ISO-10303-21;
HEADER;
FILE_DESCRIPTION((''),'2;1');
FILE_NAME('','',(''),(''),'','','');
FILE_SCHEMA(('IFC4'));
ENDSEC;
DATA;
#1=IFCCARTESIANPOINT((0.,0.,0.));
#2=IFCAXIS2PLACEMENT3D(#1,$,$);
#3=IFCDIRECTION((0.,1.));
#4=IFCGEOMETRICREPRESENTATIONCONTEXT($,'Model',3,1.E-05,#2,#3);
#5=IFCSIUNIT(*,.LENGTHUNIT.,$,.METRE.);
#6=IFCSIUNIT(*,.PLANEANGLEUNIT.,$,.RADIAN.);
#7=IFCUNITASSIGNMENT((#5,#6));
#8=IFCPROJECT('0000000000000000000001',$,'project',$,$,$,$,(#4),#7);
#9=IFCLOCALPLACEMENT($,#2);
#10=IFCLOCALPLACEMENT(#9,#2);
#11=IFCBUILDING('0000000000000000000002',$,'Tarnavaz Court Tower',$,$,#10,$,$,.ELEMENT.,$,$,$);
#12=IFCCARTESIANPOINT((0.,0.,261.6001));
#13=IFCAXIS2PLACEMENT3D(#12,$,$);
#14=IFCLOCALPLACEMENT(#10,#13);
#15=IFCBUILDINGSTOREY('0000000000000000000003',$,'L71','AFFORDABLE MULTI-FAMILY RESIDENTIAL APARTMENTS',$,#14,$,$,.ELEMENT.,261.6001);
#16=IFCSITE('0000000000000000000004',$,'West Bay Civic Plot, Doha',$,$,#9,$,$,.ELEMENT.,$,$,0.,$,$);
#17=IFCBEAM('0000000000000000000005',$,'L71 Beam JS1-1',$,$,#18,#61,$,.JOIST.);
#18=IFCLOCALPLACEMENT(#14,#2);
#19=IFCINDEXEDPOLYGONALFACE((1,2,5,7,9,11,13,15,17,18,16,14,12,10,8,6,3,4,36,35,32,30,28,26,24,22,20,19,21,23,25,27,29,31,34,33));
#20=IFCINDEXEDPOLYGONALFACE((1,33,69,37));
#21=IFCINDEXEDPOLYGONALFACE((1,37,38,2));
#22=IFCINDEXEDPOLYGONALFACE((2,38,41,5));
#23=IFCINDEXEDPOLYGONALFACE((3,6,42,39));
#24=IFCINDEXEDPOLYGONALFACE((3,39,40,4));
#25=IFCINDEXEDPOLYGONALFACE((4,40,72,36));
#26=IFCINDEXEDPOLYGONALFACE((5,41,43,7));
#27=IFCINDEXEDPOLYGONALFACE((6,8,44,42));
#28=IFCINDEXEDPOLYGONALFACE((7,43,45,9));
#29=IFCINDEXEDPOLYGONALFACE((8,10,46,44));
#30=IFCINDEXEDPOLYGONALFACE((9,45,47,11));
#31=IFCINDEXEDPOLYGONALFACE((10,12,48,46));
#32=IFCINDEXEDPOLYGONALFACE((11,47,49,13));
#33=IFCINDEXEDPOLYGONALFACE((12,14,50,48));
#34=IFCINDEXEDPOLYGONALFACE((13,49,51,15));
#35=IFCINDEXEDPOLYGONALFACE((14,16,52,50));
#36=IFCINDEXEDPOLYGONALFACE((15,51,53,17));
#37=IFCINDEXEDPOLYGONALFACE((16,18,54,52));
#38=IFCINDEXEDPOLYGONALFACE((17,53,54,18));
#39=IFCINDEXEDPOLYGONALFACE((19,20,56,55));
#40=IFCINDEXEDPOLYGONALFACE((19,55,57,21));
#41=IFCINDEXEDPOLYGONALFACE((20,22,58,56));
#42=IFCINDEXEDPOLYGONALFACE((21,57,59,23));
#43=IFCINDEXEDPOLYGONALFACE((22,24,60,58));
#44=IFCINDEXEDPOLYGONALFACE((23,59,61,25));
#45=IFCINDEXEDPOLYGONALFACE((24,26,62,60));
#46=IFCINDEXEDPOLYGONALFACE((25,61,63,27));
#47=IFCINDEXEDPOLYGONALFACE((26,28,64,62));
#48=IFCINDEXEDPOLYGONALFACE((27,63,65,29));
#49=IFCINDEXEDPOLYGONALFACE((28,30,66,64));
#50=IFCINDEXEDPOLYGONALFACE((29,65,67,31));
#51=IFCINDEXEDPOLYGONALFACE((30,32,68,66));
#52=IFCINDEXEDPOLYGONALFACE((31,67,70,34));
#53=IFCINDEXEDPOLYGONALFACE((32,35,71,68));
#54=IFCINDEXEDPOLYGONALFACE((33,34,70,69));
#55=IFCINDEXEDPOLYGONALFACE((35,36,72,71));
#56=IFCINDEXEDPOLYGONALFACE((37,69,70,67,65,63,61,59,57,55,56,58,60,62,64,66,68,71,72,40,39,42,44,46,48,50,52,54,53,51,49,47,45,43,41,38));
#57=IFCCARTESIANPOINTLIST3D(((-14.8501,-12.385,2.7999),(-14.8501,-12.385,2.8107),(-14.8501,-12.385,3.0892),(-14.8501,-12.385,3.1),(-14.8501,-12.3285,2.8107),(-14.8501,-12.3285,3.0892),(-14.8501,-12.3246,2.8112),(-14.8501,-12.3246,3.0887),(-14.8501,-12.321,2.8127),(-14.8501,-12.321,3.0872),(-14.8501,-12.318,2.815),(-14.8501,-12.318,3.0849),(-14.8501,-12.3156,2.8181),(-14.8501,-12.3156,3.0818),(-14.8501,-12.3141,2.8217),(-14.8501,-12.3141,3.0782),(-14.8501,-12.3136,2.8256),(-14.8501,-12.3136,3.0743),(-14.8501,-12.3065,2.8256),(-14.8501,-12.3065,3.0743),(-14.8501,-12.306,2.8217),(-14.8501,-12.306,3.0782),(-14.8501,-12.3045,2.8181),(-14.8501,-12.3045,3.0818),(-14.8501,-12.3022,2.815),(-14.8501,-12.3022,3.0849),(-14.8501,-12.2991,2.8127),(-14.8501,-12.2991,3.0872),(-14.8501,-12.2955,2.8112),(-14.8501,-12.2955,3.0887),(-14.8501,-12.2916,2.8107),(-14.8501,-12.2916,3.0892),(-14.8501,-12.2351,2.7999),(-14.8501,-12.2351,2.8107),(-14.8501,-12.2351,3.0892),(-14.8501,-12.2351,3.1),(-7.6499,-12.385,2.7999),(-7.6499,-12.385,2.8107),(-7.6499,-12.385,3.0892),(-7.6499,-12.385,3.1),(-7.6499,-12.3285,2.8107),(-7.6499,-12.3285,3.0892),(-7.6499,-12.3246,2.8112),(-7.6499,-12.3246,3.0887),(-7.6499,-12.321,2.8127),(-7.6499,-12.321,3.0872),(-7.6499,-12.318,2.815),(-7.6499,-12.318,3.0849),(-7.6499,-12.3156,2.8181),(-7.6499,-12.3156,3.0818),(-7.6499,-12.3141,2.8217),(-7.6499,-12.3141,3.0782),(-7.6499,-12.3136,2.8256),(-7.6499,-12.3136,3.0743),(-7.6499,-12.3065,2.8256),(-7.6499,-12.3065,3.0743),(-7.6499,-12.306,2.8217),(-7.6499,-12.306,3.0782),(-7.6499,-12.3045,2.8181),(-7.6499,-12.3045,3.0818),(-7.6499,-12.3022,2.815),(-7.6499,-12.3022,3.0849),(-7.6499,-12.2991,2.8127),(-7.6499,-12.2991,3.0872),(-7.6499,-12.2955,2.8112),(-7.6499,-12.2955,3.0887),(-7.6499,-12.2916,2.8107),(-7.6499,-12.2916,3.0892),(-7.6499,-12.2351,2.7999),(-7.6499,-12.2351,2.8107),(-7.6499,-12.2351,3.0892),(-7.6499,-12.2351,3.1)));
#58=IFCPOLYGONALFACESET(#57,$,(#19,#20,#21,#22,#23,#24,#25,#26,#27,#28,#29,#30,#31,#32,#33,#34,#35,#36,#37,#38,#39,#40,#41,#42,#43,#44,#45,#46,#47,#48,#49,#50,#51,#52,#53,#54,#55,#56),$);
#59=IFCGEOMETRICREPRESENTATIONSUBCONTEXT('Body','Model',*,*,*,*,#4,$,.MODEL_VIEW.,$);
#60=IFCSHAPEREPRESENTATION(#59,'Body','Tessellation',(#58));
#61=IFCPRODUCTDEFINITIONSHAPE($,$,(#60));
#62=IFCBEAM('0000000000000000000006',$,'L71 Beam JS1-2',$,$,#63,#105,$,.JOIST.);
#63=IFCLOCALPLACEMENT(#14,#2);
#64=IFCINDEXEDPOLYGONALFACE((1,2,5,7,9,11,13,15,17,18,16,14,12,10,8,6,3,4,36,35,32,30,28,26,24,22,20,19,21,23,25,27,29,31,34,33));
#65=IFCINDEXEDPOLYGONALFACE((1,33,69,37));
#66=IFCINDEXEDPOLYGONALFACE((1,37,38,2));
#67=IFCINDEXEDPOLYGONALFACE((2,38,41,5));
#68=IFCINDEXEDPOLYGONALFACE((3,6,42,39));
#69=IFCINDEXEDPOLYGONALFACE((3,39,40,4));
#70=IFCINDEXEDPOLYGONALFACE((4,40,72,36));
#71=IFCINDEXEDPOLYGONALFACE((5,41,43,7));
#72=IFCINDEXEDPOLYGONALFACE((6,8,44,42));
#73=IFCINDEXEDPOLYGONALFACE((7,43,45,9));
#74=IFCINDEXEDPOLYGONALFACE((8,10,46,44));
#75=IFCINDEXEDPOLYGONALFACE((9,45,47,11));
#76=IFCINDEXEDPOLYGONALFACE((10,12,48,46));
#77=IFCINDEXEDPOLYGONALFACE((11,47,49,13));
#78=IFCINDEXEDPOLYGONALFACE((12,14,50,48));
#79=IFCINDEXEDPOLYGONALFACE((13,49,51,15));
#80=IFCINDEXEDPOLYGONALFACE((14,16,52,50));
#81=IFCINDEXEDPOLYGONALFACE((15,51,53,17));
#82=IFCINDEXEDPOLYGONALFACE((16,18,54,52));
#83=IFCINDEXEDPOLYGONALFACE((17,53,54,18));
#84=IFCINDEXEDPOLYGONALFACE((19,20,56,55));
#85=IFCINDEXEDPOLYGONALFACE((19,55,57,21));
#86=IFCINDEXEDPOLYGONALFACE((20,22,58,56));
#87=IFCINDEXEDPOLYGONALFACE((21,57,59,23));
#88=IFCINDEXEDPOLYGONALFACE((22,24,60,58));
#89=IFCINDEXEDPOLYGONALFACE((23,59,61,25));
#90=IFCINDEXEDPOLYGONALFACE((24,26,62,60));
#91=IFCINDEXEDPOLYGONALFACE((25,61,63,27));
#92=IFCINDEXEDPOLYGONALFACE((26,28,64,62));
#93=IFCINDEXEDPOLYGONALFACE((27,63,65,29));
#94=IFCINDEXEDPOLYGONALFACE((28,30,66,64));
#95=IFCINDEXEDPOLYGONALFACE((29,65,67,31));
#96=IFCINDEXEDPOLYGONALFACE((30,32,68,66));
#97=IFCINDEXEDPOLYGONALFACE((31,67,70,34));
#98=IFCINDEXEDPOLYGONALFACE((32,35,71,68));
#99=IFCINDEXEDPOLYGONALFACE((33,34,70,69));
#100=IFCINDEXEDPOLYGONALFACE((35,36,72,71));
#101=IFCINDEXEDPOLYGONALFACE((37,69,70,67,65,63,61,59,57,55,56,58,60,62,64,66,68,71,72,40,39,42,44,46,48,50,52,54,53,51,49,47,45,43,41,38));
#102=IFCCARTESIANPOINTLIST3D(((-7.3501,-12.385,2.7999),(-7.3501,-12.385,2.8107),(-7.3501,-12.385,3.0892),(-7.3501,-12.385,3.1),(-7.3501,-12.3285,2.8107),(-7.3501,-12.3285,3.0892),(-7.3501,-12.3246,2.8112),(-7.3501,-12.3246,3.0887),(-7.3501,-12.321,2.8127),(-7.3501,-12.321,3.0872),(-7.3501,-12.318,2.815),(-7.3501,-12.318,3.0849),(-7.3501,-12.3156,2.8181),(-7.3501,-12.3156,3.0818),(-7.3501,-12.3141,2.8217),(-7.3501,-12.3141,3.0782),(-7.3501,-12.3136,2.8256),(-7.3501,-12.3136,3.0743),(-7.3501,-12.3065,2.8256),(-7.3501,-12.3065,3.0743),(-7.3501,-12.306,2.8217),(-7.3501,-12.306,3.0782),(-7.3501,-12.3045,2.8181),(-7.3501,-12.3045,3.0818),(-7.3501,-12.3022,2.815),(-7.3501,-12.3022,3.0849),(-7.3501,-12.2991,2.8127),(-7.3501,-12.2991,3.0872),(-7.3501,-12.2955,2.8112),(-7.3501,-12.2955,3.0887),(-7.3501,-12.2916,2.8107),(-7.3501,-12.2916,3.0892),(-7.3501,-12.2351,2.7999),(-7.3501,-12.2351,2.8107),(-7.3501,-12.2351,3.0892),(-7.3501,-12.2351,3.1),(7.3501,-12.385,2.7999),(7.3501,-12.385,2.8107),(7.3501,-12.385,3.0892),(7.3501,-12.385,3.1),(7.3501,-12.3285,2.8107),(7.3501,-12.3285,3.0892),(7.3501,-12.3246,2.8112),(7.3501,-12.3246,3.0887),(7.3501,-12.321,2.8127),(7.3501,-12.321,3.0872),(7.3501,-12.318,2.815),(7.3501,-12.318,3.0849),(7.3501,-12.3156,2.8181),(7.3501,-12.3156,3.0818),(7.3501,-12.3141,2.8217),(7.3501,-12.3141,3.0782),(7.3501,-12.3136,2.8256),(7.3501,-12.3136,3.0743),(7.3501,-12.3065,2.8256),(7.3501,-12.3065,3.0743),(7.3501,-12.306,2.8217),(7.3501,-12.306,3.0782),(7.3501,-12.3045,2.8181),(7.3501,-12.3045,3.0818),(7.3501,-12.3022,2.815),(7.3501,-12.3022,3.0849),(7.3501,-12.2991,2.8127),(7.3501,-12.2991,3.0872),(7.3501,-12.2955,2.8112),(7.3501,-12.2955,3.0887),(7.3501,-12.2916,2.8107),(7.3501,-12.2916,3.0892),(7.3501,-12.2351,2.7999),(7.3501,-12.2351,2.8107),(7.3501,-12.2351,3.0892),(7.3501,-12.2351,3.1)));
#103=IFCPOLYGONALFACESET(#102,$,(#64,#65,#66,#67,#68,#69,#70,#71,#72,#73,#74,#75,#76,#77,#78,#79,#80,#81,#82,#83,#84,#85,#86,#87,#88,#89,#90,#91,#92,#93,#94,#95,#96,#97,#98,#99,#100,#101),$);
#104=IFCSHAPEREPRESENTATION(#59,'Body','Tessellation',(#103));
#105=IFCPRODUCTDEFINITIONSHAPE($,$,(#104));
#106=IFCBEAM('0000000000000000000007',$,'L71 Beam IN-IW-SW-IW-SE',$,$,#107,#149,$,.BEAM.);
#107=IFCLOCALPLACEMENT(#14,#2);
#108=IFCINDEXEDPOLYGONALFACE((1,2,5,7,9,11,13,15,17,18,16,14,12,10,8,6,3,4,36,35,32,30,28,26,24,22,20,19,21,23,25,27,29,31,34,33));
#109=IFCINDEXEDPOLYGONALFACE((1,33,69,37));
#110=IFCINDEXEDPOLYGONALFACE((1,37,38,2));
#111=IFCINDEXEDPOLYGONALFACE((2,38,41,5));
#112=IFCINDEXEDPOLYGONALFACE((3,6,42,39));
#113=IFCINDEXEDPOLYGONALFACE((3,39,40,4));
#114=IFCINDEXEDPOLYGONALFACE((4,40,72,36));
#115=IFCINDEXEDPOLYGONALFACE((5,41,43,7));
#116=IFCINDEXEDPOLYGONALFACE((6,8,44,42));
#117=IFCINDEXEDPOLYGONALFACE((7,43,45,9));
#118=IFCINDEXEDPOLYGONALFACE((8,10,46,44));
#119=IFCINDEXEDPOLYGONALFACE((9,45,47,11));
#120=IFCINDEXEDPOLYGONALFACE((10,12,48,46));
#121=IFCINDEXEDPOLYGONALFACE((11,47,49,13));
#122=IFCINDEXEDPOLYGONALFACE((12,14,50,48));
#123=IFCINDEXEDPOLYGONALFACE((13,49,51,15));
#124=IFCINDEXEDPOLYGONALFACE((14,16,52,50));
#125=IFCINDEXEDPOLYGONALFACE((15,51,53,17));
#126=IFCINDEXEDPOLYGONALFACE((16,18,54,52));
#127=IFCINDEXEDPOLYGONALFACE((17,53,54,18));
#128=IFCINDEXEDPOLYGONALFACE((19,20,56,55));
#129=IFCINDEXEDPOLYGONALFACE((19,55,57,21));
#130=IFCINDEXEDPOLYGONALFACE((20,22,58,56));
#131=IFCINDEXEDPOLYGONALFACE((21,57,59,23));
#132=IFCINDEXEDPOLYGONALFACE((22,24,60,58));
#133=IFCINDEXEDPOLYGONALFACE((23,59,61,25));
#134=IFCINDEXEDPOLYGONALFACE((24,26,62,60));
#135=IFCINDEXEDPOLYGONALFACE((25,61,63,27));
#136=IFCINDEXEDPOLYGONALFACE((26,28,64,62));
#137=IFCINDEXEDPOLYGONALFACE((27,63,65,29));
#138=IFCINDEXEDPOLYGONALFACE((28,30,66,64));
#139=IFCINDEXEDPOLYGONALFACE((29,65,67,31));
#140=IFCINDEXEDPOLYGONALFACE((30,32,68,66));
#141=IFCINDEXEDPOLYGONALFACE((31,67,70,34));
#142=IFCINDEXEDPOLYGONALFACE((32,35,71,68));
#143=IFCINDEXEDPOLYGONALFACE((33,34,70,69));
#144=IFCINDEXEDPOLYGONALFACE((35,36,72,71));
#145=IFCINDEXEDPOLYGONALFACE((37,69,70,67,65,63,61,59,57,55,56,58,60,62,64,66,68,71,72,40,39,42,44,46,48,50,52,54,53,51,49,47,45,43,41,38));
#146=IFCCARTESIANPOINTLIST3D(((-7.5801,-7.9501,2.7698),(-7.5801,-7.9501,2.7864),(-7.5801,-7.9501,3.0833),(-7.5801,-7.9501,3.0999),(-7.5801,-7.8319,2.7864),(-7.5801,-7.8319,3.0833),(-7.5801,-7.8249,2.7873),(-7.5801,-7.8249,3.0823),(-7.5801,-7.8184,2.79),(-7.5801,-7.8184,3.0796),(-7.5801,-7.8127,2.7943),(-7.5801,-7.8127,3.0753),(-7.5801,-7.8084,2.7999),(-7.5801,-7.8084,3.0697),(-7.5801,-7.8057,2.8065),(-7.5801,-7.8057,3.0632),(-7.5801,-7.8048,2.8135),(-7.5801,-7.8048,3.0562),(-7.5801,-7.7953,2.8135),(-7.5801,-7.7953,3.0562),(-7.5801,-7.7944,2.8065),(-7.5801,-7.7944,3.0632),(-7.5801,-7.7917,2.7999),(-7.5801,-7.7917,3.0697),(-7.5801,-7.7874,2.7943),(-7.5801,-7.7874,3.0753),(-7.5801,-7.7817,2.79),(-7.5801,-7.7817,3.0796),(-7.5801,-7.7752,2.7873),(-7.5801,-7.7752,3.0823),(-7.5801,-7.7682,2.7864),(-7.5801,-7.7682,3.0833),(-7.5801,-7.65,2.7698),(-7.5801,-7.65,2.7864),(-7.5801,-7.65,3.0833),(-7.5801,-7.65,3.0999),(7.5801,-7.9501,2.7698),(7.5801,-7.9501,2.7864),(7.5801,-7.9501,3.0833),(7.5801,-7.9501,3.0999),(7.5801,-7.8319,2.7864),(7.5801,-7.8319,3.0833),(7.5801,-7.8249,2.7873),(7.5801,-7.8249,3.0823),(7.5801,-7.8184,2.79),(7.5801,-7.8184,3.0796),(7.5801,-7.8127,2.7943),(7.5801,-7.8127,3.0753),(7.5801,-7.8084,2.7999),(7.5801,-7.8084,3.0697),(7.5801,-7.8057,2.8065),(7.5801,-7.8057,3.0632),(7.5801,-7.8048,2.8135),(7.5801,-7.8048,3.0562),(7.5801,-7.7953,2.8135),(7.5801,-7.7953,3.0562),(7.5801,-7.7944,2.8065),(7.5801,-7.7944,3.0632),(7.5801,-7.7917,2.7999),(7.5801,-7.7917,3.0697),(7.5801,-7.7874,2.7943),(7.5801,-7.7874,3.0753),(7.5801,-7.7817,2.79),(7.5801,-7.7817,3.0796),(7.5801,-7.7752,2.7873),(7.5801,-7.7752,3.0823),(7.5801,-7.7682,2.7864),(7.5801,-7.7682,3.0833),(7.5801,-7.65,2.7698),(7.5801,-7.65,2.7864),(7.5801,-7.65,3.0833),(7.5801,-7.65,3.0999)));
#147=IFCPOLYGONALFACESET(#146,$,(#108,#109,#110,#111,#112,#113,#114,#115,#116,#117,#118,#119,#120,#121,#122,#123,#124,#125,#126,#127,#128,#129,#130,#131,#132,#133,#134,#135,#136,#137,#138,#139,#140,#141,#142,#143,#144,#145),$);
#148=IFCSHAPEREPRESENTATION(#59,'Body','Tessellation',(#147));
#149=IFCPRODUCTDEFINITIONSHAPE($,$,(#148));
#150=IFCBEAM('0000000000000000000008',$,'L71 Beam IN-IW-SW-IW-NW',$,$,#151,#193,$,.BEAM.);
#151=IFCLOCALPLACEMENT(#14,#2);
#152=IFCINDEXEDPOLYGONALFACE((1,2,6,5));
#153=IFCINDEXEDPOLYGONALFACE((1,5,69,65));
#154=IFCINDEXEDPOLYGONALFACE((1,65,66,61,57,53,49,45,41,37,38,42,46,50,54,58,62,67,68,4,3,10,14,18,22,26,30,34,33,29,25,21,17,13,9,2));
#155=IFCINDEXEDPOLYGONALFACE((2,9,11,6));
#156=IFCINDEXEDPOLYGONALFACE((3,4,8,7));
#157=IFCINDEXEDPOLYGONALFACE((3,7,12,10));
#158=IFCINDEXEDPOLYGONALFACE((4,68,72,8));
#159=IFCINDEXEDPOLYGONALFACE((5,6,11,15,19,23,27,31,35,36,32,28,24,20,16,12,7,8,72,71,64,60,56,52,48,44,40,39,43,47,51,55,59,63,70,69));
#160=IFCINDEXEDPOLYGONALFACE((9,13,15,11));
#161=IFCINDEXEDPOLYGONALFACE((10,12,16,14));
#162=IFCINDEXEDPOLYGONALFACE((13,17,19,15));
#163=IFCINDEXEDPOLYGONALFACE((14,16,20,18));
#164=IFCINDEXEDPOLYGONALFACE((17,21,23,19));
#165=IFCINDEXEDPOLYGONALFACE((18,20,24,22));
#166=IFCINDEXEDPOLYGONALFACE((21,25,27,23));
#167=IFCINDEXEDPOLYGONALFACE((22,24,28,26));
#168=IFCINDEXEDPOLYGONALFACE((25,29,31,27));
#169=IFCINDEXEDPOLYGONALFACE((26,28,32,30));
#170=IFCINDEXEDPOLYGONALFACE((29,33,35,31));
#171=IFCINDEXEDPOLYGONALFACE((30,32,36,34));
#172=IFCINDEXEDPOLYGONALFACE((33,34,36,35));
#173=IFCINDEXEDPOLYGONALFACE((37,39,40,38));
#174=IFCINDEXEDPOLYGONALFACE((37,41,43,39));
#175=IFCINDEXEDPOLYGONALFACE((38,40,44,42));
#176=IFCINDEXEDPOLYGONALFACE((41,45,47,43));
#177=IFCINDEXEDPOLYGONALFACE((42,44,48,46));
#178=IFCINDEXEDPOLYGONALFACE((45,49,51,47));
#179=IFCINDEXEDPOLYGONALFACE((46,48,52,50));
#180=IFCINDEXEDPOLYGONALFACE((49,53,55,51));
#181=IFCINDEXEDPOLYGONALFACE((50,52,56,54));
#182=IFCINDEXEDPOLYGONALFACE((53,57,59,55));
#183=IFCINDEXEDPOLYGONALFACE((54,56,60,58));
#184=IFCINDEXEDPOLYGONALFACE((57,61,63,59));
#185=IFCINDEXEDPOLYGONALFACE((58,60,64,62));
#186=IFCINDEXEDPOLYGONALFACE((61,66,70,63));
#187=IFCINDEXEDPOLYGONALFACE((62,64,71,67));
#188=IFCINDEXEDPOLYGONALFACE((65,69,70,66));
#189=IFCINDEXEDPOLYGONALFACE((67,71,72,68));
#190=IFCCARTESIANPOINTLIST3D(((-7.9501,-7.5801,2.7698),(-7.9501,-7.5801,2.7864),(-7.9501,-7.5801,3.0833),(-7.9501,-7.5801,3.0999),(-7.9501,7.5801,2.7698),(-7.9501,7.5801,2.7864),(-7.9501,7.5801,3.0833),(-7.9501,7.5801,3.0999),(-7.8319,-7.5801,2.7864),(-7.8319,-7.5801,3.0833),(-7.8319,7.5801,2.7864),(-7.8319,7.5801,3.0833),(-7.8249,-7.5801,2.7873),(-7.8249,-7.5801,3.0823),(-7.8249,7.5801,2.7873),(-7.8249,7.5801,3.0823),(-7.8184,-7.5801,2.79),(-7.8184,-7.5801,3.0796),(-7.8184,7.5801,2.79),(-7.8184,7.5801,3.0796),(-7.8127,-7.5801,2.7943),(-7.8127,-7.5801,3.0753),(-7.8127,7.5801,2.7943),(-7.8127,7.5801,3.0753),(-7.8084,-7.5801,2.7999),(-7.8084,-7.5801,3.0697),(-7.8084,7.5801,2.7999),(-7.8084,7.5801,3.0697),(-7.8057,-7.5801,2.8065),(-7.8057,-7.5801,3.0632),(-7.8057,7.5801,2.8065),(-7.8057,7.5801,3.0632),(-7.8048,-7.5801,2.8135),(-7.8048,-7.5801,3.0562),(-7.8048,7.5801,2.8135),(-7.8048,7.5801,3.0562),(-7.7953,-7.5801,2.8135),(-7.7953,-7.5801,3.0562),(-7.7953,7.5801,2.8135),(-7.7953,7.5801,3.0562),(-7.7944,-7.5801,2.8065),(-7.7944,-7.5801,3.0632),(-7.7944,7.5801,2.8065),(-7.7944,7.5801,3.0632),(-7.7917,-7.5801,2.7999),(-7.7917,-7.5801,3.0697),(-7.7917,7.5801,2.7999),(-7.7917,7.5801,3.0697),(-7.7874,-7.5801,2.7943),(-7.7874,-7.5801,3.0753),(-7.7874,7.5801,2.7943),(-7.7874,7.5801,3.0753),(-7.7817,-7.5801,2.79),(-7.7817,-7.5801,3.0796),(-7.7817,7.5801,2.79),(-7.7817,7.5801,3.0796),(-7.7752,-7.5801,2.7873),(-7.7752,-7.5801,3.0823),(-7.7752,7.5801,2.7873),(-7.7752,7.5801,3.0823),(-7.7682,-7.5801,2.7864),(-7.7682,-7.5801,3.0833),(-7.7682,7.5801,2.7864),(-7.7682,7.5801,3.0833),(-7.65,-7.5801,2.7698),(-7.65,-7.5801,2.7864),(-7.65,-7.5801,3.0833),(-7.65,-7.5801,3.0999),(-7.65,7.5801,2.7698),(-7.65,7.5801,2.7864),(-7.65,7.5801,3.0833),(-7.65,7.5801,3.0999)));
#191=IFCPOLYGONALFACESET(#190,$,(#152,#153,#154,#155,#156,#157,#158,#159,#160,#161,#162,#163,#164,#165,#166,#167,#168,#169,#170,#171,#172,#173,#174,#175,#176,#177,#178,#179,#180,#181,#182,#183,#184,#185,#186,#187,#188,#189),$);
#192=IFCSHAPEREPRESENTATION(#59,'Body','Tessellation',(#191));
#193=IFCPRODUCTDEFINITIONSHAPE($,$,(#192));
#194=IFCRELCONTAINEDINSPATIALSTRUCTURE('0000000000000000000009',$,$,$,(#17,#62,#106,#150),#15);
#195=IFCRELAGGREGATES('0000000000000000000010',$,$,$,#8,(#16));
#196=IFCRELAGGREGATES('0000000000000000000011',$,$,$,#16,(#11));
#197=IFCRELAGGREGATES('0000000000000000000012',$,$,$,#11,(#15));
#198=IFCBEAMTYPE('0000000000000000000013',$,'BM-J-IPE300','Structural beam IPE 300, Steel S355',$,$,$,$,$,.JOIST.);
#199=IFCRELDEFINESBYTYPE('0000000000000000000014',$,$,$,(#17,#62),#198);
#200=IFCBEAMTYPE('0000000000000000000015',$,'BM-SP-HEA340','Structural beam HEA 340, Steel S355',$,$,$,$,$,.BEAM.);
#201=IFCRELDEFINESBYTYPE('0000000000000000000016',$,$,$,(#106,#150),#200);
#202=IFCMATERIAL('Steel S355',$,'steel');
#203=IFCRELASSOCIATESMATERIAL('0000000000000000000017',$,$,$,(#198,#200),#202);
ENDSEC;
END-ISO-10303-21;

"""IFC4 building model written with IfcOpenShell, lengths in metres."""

from ifc_helpers import new_model, si_unit, direction, frame, origin, origin_2d, place, context, subcontext, project, spatial, i_section, extrude, material, material_profile, profile_set, type_object, element, save


model = new_model("IFC4")

# Units and contexts
model_context = context("Model", 3, precision=1e-05, world=origin(), true_north=direction((0.0, 1.0)))
body_context = subcontext(model_context, "Body", "Model", "MODEL_VIEW")
ifc_project = project(units=[si_unit("LENGTHUNIT", "METRE"), si_unit("PLANEANGLEUNIT", "RADIAN")], contexts=[model_context])

# Site, building, storey
site_placement = place(None, origin())
site = spatial("IfcSite", under=ifc_project, at=site_placement, Name="West Bay Civic Plot, Doha", CompositionType="ELEMENT", RefElevation=0.0)
building_placement = place(site_placement, origin())
building = spatial("IfcBuilding", under=site, at=building_placement, Name="Tarnavaz Court Tower", CompositionType="ELEMENT")
storey_placement = place(building_placement, frame((0.0, 0.0, 261.6001)))
storey = spatial("IfcBuildingStorey", under=building, at=storey_placement, Name="L71", Description="AFFORDABLE MULTI-FAMILY RESIDENTIAL APARTMENTS", CompositionType="ELEMENT", Elevation=261.6001)

# Beams
ifc_material_1 = material(Name="Steel S355", Category="steel")
ifc_material_profile_1 = material_profile(ifc_material_1, i_section(OverallWidth=0.1499, OverallDepth=0.3, WebThickness=0.0071, FlangeThickness=0.0107, FilletRadius=0.0149, at=origin_2d()), Name="IPE 300")
ifc_profile_set_1 = profile_set([ifc_material_profile_1], Name="Steel S355")
beam_type_1 = type_object("IfcBeamType", Name="BM-J-IPE300", Description="Structural beam IPE 300, Steel S355", PredefinedType="JOIST", material=ifc_profile_set_1)
beam_1_placement = place(storey_placement, frame((-14.8501, -12.3101, 2.95), z_axis=(1.0, 0.0, 0.0), x_axis=(0.0, 1.0, 0.0)))
element("IfcBeam", 1, at=beam_1_placement, inside=storey, type_object=beam_type_1, Name="L71 Beam JS1-1", PredefinedType="JOIST", context=body_context, shape_type="SweptSolid", body=[
    extrude(i_section(OverallWidth=0.1499, OverallDepth=0.3, WebThickness=0.0071, FlangeThickness=0.0107, FilletRadius=0.0149, at=origin_2d()), origin(), (0.0, 0.0, 1.0), 7.2002),
])
beam_2_placement = place(storey_placement, frame((-7.3501, -12.3101, 2.95), z_axis=(1.0, 0.0, 0.0), x_axis=(0.0, 1.0, 0.0)))
element("IfcBeam", 2, at=beam_2_placement, inside=storey, type_object=beam_type_1, Name="L71 Beam JS1-2", PredefinedType="JOIST", context=body_context, shape_type="SweptSolid", body=[
    extrude(i_section(OverallWidth=0.1499, OverallDepth=0.3, WebThickness=0.0071, FlangeThickness=0.0107, FilletRadius=0.0149, at=origin_2d()), origin(), (0.0, 0.0, 1.0), 14.7002),
])
ifc_material_profile_2 = material_profile(ifc_material_1, i_section(OverallWidth=0.3, OverallDepth=0.3301, WebThickness=0.0095, FlangeThickness=0.0166, FilletRadius=0.0271, at=origin_2d()), Name="HEA 340")
ifc_profile_set_2 = profile_set([ifc_material_profile_2], Name="Steel S355")
beam_type_2 = type_object("IfcBeamType", Name="BM-SP-HEA340", Description="Structural beam HEA 340, Steel S355", PredefinedType="BEAM", material=ifc_profile_set_2)
for number, where, z_axis, x_axis, name in (
    (3, (-7.5801, -7.8, 2.9348), (1.0, 0.0, 0.0), (0.0, 1.0, 0.0), "L71 Beam IN-IW-SW-IW-SE"),
    (4, (-7.8, -7.5801, 2.9348), (0.0, 1.0, 0.0), (-1.0, 0.0, 0.0), "L71 Beam IN-IW-SW-IW-NW"),
):
    element("IfcBeam", number, at=place(storey_placement, frame(where, z_axis=z_axis, x_axis=x_axis)), inside=storey, type_object=beam_type_2, Name=name, PredefinedType="BEAM", context=body_context, shape_type="SweptSolid", body=[
        extrude(i_section(OverallWidth=0.3, OverallDepth=0.3301, WebThickness=0.0095, FlangeThickness=0.0166, FilletRadius=0.0271, at=origin_2d()), origin(), (0.0, 0.0, 1.0), 15.1602),
    ])

save(model, "model.ifc")
